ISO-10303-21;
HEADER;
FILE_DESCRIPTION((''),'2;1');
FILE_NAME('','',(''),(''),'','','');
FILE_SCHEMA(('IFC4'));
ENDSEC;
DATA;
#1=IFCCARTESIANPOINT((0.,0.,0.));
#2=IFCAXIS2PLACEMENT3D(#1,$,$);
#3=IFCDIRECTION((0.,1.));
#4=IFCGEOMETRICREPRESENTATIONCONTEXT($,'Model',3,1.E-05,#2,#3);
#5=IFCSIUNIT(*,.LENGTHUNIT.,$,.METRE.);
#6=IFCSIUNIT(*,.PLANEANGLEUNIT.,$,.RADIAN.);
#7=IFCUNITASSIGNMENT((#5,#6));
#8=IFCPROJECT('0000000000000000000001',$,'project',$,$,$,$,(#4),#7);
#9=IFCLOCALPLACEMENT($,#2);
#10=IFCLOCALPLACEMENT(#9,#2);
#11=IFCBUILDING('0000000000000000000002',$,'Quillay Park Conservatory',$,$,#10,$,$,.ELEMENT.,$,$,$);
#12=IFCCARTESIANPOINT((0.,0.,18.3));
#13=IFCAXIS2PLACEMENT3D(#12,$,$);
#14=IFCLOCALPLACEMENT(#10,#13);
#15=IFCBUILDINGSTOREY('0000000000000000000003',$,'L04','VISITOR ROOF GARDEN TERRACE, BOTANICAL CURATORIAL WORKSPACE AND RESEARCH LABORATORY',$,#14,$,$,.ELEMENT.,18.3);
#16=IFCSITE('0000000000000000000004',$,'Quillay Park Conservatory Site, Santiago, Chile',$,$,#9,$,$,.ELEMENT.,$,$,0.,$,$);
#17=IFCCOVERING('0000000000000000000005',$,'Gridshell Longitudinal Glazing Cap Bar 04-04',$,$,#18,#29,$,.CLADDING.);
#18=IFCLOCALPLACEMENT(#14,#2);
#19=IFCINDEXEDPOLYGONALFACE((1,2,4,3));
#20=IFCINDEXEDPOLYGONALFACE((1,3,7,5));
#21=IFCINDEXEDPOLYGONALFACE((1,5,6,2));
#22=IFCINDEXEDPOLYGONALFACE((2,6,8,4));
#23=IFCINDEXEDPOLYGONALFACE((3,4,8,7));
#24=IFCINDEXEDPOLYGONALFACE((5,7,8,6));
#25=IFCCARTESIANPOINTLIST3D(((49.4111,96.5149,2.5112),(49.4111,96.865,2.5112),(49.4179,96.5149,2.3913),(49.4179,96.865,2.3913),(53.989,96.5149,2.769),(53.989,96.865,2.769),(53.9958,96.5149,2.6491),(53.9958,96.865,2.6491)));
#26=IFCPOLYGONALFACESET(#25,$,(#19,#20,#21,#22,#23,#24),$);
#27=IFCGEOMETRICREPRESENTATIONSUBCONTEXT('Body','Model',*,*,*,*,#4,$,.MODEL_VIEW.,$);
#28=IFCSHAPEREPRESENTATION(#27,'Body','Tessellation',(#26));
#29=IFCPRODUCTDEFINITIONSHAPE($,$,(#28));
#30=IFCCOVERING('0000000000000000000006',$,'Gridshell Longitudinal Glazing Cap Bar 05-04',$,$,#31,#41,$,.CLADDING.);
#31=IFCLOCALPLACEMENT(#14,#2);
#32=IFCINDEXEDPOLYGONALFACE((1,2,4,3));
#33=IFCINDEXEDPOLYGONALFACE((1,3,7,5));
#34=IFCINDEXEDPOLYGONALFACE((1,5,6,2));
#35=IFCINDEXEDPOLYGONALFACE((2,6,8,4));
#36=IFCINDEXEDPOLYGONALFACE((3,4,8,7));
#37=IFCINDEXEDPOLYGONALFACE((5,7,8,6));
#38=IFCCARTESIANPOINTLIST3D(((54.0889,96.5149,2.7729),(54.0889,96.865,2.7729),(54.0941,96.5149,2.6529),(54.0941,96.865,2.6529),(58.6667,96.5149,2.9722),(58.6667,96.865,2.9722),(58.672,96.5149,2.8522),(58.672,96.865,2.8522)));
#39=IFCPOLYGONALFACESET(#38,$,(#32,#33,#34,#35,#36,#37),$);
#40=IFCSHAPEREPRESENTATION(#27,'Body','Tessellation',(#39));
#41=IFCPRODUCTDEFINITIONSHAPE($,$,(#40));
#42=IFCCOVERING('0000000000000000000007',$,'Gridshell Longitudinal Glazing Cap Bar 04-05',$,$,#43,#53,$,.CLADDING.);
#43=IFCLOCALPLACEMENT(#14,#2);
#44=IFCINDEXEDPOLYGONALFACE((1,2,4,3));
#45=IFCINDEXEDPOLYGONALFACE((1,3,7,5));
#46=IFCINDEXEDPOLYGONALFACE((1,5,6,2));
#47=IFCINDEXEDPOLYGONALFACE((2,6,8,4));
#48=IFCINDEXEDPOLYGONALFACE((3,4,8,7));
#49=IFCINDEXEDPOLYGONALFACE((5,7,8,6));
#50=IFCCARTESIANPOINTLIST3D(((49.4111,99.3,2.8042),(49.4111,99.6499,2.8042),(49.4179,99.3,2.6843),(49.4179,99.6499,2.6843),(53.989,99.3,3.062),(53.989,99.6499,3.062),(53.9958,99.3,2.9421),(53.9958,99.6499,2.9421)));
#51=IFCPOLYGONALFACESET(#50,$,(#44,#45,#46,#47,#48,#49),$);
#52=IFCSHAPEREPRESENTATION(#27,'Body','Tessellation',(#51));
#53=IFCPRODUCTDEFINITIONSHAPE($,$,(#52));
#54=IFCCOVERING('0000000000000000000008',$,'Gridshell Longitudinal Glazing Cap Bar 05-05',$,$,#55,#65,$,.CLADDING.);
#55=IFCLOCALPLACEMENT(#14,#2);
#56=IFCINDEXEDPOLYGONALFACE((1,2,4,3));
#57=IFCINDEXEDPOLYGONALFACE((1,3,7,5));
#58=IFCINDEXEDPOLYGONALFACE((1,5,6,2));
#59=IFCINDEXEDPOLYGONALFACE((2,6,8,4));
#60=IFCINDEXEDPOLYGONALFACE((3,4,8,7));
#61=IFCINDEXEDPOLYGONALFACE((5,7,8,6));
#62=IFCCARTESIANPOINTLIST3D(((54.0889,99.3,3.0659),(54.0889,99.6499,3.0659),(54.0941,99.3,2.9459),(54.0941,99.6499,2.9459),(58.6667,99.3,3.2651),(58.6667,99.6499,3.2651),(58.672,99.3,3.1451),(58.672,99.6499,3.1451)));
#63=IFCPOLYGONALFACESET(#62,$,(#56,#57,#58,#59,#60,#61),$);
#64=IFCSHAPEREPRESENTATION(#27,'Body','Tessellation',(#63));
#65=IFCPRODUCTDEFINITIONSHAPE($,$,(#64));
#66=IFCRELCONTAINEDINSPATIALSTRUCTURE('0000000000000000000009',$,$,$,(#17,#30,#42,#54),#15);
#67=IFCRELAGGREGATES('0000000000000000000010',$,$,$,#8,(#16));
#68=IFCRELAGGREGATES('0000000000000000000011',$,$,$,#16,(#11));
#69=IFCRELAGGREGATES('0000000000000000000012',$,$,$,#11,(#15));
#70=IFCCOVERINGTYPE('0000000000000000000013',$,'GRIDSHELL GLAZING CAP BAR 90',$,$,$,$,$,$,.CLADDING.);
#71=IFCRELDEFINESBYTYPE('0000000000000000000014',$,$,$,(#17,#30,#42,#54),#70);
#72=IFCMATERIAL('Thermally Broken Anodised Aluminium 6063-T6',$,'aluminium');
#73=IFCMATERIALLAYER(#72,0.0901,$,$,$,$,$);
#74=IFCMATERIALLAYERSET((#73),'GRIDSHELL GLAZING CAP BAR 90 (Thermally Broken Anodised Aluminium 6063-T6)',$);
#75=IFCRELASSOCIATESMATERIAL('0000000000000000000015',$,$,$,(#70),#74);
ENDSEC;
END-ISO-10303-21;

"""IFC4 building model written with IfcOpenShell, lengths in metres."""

from ifc_helpers import new_model, si_unit, direction, frame, origin, place, context, subcontext, project, spatial, polyline, outline, extrude, material, layer, layer_set, type_object, element, save


model = new_model("IFC4")

# Units and contexts
model_context = context("Model", 3, precision=1e-05, world=origin(), true_north=direction((0.0, 1.0)))
body_context = subcontext(model_context, "Body", "Model", "MODEL_VIEW")
ifc_project = project(units=[si_unit("LENGTHUNIT", "METRE"), si_unit("PLANEANGLEUNIT", "RADIAN")], contexts=[model_context])

# Site, building, storey
site_placement = place(None, origin())
site = spatial("IfcSite", under=ifc_project, at=site_placement, Name="Quillay Park Conservatory Site, Santiago, Chile", CompositionType="ELEMENT", RefElevation=0.0)
building_placement = place(site_placement, origin())
building = spatial("IfcBuilding", under=site, at=building_placement, Name="Quillay Park Conservatory", CompositionType="ELEMENT")
storey_placement = place(building_placement, frame((0.0, 0.0, 18.3)))
storey = spatial("IfcBuildingStorey", under=building, at=storey_placement, Name="L04", Description="VISITOR ROOF GARDEN TERRACE, BOTANICAL CURATORIAL WORKSPACE AND RESEARCH LABORATORY", CompositionType="ELEMENT", Elevation=18.3)

# Coverings
ifc_material_1 = material(Name="Thermally Broken Anodised Aluminium 6063-T6", Category="aluminium")
ifc_layer_1 = layer(ifc_material_1, 0.0901)
ifc_layer_set_1 = layer_set([ifc_layer_1], Name="GRIDSHELL GLAZING CAP BAR 90 (Thermally Broken Anodised Aluminium 6063-T6)")
covering_type = type_object("IfcCoveringType", Name="GRIDSHELL GLAZING CAP BAR 90", PredefinedType="CLADDING", material=ifc_layer_set_1)
covering_1_placement = place(storey_placement, frame((49.4111, 96.5149, 2.5112), z_axis=(-0.056228, 0.0, 0.998418), x_axis=(0.998418, 0.0, 0.056228)))
element("IfcCovering", 1, at=covering_1_placement, inside=storey, type_object=covering_type, Name="Gridshell Longitudinal Glazing Cap Bar 04-04", PredefinedType="CLADDING", context=body_context, shape_type="SweptSolid", body=[
    extrude(outline(polyline([(0.0, 0.0), (4.5851, 0.0), (4.5851, 0.3501), (0.0, 0.3501), (0.0, 0.0)])), origin(), (0.0, 0.0, -1.0), 0.1201),
])
covering_2_placement = place(storey_placement, frame((54.0889, 96.5149, 2.7729), z_axis=(-0.043477, 0.0, 0.999054), x_axis=(0.999054, 0.0, 0.043477)))
element("IfcCovering", 2, at=covering_2_placement, inside=storey, type_object=covering_type, Name="Gridshell Longitudinal Glazing Cap Bar 05-04", PredefinedType="CLADDING", context=body_context, shape_type="SweptSolid", body=[
    extrude(outline(polyline([(0.0, 0.0), (4.5822, 0.0), (4.5822, 0.3501), (0.0, 0.3501), (0.0, 0.0)])), origin(), (0.0, 0.0, -1.0), 0.1201),
])
covering_3_placement = place(storey_placement, frame((49.4111, 99.3, 2.8042), z_axis=(-0.056228, 0.0, 0.998418), x_axis=(0.998418, 0.0, 0.056228)))
element("IfcCovering", 3, at=covering_3_placement, inside=storey, type_object=covering_type, Name="Gridshell Longitudinal Glazing Cap Bar 04-05", PredefinedType="CLADDING", context=body_context, shape_type="SweptSolid", body=[
    extrude(outline(polyline([(0.0, 0.0), (4.5851, 0.0), (4.5851, 0.3499), (0.0, 0.3499), (0.0, 0.0)])), origin(), (0.0, 0.0, -1.0), 0.1201),
])
covering_4_placement = place(storey_placement, frame((54.0889, 99.3, 3.0659), z_axis=(-0.043477, 0.0, 0.999054), x_axis=(0.999054, 0.0, 0.043477)))
element("IfcCovering", 4, at=covering_4_placement, inside=storey, type_object=covering_type, Name="Gridshell Longitudinal Glazing Cap Bar 05-05", PredefinedType="CLADDING", context=body_context, shape_type="SweptSolid", body=[
    extrude(outline(polyline([(0.0, 0.0), (4.5822, 0.0), (4.5822, 0.3499), (0.0, 0.3499), (0.0, 0.0)])), origin(), (0.0, 0.0, -1.0), 0.1201),
])

save(model, "model.ifc")
